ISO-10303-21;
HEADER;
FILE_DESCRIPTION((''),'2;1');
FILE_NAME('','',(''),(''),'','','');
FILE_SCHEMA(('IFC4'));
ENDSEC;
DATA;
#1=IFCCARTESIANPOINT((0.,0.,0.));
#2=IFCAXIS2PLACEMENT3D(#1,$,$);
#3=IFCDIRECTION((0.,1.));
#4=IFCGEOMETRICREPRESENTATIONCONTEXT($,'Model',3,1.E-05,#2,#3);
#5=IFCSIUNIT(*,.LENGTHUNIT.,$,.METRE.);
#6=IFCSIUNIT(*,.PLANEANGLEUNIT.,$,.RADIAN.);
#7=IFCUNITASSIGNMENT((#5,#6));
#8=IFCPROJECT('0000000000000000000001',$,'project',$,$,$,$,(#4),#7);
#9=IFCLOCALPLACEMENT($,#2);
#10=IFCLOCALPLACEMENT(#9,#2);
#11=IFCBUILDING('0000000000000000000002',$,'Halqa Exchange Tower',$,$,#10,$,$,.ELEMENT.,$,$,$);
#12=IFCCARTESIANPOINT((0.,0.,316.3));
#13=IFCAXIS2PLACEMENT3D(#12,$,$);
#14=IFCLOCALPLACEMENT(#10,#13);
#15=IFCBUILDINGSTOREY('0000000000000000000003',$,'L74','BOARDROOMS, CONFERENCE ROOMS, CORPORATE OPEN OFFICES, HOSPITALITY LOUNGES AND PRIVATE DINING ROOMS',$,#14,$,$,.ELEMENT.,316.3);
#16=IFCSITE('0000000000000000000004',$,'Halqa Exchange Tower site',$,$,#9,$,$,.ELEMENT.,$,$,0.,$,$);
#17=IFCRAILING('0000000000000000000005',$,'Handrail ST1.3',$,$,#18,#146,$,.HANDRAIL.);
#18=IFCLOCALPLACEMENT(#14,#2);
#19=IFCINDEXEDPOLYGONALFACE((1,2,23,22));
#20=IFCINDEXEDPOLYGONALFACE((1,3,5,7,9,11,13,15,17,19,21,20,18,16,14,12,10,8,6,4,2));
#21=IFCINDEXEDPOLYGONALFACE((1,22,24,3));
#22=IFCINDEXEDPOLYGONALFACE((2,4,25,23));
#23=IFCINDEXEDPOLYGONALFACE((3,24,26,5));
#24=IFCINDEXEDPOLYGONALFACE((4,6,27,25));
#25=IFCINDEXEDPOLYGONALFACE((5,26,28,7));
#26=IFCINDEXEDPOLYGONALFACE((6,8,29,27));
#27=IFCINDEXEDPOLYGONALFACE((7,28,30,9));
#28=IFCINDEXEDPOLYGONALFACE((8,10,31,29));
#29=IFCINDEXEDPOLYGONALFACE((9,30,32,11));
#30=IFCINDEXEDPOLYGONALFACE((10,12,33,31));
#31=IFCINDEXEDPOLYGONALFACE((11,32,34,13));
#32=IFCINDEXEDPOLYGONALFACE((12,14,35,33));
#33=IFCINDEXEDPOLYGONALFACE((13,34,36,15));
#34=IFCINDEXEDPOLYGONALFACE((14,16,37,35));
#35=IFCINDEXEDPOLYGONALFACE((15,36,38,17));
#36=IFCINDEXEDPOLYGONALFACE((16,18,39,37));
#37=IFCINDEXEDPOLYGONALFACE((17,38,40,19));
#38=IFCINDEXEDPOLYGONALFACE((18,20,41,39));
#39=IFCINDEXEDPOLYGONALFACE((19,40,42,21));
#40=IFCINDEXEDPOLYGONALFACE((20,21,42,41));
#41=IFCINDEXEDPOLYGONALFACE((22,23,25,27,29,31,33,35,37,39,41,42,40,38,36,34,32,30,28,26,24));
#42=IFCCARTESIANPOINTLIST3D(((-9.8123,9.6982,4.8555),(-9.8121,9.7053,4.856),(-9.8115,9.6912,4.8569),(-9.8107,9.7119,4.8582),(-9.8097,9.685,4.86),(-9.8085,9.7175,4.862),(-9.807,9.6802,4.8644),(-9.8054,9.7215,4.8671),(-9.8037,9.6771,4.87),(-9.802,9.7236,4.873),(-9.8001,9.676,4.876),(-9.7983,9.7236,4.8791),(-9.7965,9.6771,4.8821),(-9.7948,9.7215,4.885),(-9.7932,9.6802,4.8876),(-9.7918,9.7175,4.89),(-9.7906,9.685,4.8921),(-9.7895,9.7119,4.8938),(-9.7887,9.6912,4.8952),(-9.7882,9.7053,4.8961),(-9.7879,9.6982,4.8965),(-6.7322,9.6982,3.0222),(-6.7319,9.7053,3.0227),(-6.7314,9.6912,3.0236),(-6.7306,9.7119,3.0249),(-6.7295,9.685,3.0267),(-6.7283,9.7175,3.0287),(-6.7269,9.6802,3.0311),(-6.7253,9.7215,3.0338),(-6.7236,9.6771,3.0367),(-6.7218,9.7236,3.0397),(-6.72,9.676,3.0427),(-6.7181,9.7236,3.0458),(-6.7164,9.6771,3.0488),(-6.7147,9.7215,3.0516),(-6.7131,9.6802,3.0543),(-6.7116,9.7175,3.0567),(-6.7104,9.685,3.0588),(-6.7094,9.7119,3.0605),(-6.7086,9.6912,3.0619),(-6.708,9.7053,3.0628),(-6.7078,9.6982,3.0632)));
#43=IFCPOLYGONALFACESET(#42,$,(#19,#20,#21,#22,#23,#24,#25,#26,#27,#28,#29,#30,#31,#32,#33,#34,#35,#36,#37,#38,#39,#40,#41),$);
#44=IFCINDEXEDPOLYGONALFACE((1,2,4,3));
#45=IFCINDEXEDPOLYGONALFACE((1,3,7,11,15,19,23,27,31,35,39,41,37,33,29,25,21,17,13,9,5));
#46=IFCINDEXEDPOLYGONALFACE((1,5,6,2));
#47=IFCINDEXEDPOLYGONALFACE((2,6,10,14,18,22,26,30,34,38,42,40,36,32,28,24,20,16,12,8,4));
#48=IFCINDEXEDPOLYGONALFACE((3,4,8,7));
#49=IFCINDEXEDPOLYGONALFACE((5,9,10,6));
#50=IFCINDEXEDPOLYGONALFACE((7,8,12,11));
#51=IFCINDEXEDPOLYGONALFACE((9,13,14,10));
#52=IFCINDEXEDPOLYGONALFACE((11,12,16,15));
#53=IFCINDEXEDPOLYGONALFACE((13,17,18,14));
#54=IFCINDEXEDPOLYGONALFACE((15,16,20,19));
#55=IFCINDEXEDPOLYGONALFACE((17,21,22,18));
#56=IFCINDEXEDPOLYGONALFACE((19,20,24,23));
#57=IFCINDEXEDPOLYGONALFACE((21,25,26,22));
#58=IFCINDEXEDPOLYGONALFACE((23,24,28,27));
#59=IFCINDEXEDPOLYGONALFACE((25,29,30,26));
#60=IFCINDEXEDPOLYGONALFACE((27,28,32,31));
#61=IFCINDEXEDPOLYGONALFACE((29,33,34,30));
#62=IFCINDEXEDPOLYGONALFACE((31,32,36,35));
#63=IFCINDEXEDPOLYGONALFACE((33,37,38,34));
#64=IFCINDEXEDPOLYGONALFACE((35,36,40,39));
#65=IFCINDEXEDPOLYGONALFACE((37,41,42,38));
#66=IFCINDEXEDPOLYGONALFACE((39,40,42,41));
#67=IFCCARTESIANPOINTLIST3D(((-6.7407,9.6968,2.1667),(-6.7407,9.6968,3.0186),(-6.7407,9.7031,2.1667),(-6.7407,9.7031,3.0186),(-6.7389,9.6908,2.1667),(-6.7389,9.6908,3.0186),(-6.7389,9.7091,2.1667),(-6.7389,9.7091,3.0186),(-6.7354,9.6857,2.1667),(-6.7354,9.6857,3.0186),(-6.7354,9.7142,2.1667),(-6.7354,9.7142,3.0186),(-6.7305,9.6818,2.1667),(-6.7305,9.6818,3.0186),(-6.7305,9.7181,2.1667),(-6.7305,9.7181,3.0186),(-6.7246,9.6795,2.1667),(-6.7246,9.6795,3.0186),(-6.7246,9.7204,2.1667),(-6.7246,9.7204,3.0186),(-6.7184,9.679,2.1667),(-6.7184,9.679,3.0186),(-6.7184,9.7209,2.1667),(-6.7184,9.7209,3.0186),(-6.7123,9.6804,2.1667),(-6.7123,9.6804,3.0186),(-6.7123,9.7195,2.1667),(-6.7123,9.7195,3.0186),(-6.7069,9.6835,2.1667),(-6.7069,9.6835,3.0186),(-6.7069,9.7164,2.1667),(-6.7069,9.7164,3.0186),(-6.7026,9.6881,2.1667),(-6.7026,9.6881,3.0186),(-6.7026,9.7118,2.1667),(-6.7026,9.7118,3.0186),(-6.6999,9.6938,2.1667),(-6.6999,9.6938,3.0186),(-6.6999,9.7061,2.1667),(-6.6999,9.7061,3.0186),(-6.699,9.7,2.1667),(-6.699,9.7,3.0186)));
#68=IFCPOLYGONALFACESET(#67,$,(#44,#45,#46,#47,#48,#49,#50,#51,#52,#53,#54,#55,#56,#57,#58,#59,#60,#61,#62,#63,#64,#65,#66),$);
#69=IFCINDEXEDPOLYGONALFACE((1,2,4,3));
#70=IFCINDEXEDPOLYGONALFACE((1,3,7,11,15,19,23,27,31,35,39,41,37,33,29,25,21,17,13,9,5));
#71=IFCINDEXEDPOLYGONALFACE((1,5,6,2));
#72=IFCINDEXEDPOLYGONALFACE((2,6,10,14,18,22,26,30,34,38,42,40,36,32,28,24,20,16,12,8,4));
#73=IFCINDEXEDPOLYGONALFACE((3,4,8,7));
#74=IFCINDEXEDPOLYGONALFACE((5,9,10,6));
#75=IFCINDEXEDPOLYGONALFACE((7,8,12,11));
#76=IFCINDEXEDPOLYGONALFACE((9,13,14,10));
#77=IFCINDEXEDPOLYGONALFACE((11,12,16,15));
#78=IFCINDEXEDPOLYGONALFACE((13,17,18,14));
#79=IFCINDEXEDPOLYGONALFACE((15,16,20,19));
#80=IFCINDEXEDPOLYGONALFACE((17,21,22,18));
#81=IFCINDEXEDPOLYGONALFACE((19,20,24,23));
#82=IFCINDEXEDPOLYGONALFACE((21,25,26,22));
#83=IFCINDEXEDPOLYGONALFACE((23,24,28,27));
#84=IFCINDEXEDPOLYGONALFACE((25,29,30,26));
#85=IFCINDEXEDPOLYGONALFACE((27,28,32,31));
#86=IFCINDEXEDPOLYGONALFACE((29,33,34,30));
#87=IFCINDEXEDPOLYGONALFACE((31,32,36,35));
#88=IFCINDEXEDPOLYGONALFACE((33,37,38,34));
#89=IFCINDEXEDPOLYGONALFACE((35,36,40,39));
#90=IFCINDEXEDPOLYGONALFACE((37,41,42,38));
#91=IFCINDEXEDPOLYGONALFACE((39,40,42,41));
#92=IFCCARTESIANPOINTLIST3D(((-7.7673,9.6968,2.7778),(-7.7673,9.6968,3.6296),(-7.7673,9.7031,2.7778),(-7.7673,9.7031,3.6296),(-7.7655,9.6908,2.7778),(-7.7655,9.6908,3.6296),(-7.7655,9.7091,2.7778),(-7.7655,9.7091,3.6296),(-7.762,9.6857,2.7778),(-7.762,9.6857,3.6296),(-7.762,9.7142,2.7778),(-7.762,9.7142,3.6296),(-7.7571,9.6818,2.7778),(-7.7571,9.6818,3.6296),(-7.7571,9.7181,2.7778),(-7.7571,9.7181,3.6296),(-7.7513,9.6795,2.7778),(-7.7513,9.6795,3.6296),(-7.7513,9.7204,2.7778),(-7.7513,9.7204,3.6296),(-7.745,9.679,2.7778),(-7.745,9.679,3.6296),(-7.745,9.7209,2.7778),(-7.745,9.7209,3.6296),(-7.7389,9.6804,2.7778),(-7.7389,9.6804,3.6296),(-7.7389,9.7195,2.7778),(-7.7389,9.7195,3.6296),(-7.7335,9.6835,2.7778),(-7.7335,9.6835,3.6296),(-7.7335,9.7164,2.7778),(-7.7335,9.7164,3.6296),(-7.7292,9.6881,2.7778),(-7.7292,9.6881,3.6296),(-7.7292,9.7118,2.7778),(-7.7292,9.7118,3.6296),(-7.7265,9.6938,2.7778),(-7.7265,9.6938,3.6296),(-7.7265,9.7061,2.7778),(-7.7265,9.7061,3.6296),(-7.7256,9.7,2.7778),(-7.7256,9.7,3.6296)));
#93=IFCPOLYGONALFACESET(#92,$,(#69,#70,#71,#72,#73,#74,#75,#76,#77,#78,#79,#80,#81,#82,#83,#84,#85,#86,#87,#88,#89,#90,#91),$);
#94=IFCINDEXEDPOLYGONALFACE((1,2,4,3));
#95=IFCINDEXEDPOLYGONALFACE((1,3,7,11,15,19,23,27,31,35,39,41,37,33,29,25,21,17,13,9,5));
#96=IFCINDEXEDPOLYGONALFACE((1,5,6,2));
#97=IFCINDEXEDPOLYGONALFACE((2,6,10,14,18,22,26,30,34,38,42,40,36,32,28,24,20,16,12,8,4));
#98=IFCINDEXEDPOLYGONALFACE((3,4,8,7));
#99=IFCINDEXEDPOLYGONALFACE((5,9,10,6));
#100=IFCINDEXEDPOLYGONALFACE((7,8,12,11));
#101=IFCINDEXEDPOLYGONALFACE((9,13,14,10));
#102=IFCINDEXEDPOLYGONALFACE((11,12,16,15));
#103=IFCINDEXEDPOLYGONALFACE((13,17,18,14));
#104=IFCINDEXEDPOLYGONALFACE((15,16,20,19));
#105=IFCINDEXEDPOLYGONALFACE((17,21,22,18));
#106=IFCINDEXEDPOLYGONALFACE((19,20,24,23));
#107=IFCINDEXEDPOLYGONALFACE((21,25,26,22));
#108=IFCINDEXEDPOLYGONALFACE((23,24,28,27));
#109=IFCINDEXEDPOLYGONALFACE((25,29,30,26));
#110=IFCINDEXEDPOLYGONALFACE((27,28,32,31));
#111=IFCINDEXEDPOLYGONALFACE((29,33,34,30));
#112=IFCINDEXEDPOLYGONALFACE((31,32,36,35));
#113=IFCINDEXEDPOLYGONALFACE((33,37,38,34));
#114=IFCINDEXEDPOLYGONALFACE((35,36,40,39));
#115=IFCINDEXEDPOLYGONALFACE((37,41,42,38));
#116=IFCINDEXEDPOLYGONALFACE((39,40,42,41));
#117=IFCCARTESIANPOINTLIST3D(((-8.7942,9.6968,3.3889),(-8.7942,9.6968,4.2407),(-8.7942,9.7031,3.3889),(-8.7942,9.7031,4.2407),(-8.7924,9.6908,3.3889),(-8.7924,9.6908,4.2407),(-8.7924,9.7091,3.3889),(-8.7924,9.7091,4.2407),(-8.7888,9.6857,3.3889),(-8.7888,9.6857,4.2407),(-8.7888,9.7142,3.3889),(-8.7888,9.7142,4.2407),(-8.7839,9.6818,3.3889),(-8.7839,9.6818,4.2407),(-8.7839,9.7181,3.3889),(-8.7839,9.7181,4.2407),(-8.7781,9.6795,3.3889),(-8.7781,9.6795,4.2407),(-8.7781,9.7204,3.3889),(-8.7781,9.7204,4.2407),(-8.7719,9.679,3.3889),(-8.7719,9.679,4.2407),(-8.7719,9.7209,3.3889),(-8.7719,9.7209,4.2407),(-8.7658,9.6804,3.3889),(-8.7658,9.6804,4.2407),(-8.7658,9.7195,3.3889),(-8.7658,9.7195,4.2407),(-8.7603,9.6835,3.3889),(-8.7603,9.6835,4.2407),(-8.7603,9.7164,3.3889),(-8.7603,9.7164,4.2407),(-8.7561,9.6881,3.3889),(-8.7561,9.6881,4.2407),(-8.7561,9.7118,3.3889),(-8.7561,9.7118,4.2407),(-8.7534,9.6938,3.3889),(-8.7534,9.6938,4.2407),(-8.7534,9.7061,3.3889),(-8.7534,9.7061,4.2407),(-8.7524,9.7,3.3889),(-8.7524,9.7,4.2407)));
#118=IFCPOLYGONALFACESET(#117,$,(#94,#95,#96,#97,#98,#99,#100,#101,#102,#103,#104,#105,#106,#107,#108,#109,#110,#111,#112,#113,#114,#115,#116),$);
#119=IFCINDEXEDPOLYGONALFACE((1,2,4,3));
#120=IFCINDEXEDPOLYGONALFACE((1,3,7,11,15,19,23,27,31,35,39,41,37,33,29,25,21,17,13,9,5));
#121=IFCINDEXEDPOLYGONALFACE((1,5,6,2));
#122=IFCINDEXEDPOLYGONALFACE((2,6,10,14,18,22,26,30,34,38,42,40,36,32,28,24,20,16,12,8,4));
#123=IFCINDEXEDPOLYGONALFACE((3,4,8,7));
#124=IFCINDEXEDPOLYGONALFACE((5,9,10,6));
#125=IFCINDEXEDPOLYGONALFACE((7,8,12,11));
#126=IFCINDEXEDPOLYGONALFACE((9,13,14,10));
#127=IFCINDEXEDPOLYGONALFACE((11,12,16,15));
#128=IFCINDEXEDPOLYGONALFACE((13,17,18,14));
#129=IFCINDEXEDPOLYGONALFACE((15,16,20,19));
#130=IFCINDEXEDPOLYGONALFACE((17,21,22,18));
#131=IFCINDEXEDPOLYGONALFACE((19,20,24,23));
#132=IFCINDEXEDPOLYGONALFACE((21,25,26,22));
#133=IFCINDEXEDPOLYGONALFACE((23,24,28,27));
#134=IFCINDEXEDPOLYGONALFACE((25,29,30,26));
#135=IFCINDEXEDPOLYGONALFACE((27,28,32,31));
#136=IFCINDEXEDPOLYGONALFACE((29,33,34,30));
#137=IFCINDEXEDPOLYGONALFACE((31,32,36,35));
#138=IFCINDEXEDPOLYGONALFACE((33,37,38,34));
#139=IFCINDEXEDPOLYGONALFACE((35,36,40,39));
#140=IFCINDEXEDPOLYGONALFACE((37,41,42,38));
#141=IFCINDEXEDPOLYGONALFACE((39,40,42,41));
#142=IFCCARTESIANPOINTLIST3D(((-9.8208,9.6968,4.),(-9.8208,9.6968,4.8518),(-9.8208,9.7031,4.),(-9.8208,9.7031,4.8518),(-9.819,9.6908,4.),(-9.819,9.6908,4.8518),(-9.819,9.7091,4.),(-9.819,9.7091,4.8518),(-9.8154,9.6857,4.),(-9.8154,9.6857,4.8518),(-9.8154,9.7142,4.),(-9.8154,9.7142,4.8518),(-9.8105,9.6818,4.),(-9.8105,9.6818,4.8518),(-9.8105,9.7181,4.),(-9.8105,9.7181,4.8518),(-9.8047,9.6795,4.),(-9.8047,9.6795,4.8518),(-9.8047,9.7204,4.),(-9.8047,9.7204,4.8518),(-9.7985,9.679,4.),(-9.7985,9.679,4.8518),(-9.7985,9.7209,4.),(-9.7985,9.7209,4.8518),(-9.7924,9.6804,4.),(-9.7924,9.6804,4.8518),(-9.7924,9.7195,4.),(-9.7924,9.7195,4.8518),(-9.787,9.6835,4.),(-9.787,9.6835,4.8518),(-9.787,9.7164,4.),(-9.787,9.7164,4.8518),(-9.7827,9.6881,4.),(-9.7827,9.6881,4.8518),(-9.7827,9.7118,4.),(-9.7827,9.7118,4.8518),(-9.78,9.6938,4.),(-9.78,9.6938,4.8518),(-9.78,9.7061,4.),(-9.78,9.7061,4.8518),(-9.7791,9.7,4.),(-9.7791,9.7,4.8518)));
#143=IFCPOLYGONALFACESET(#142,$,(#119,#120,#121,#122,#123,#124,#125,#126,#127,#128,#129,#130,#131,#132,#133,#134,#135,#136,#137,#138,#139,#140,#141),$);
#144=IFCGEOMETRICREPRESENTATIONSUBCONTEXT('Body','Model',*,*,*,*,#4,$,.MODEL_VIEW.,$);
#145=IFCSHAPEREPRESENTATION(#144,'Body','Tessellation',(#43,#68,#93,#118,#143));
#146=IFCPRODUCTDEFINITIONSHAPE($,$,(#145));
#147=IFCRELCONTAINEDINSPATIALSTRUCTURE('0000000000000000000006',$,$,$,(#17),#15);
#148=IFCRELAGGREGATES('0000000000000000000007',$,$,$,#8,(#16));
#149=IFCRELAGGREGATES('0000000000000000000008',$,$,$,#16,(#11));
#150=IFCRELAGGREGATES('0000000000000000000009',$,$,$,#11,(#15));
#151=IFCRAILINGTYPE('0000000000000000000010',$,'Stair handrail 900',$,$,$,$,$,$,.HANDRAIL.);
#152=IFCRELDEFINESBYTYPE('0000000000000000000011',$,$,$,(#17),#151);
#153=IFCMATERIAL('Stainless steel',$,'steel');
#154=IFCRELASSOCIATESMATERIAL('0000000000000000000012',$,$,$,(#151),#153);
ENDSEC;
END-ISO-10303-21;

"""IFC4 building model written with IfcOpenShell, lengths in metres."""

from ifc_helpers import new_model, si_unit, direction, frame, origin, origin_2d, place, context, subcontext, project, spatial, circle, extrude, material, type_object, element, save


model = new_model("IFC4")

# Units and contexts
model_context = context("Model", 3, precision=1e-05, world=origin(), true_north=direction((0.0, 1.0)))
body_context = subcontext(model_context, "Body", "Model", "MODEL_VIEW")
ifc_project = project(units=[si_unit("LENGTHUNIT", "METRE"), si_unit("PLANEANGLEUNIT", "RADIAN")], contexts=[model_context])

# Site, building, storey
site_placement = place(None, origin())
site = spatial("IfcSite", under=ifc_project, at=site_placement, Name="Halqa Exchange Tower site", CompositionType="ELEMENT", RefElevation=0.0)
building_placement = place(site_placement, origin())
building = spatial("IfcBuilding", under=site, at=building_placement, Name="Halqa Exchange Tower", CompositionType="ELEMENT")
storey_placement = place(building_placement, frame((0.0, 0.0, 316.3)))
storey = spatial("IfcBuildingStorey", under=building, at=storey_placement, Name="L74", Description="BOARDROOMS, CONFERENCE ROOMS, CORPORATE OPEN OFFICES, HOSPITALITY LOUNGES AND PRIVATE DINING ROOMS", CompositionType="ELEMENT", Elevation=316.3)

# Shared definitions
ifc_material_1 = material(Name="Stainless steel", Category="steel")

# Railing
railing_type_1 = type_object("IfcRailingType", Name="Stair handrail 900", PredefinedType="HANDRAIL", material=ifc_material_1)
railing_1_placement = place(storey_placement, frame((-6.72, 9.7, 2.1667)))
element("IfcRailing", 1, at=railing_1_placement, inside=storey, type_object=railing_type_1, Name="Handrail ST1.3", PredefinedType="HANDRAIL", context=body_context, shape_type="SweptSolid", body=[
    extrude(circle(Radius=0.0239, at=origin_2d()), frame((0.0, 0.0, 0.876), z_axis=(-0.859309, 0.0, 0.511458), x_axis=(0.0, -1.0, 0.0)), (0.0, 0.0, 1.0), 3.5845),
    extrude(circle(Radius=0.021, at=origin_2d()), origin(), (0.0, 0.0, 1.0), 0.8518),
    extrude(circle(Radius=0.021, at=origin_2d()), frame((-1.0266, 0.0, 0.6111)), (0.0, 0.0, 1.0), 0.8518),
    extrude(circle(Radius=0.021, at=origin_2d()), frame((-2.0535, 0.0, 1.2222)), (0.0, 0.0, 1.0), 0.8518),
    extrude(circle(Radius=0.021, at=origin_2d()), frame((-3.0801, 0.0, 1.8333)), (0.0, 0.0, 1.0), 0.8518),
])

save(model, "model.ifc")
